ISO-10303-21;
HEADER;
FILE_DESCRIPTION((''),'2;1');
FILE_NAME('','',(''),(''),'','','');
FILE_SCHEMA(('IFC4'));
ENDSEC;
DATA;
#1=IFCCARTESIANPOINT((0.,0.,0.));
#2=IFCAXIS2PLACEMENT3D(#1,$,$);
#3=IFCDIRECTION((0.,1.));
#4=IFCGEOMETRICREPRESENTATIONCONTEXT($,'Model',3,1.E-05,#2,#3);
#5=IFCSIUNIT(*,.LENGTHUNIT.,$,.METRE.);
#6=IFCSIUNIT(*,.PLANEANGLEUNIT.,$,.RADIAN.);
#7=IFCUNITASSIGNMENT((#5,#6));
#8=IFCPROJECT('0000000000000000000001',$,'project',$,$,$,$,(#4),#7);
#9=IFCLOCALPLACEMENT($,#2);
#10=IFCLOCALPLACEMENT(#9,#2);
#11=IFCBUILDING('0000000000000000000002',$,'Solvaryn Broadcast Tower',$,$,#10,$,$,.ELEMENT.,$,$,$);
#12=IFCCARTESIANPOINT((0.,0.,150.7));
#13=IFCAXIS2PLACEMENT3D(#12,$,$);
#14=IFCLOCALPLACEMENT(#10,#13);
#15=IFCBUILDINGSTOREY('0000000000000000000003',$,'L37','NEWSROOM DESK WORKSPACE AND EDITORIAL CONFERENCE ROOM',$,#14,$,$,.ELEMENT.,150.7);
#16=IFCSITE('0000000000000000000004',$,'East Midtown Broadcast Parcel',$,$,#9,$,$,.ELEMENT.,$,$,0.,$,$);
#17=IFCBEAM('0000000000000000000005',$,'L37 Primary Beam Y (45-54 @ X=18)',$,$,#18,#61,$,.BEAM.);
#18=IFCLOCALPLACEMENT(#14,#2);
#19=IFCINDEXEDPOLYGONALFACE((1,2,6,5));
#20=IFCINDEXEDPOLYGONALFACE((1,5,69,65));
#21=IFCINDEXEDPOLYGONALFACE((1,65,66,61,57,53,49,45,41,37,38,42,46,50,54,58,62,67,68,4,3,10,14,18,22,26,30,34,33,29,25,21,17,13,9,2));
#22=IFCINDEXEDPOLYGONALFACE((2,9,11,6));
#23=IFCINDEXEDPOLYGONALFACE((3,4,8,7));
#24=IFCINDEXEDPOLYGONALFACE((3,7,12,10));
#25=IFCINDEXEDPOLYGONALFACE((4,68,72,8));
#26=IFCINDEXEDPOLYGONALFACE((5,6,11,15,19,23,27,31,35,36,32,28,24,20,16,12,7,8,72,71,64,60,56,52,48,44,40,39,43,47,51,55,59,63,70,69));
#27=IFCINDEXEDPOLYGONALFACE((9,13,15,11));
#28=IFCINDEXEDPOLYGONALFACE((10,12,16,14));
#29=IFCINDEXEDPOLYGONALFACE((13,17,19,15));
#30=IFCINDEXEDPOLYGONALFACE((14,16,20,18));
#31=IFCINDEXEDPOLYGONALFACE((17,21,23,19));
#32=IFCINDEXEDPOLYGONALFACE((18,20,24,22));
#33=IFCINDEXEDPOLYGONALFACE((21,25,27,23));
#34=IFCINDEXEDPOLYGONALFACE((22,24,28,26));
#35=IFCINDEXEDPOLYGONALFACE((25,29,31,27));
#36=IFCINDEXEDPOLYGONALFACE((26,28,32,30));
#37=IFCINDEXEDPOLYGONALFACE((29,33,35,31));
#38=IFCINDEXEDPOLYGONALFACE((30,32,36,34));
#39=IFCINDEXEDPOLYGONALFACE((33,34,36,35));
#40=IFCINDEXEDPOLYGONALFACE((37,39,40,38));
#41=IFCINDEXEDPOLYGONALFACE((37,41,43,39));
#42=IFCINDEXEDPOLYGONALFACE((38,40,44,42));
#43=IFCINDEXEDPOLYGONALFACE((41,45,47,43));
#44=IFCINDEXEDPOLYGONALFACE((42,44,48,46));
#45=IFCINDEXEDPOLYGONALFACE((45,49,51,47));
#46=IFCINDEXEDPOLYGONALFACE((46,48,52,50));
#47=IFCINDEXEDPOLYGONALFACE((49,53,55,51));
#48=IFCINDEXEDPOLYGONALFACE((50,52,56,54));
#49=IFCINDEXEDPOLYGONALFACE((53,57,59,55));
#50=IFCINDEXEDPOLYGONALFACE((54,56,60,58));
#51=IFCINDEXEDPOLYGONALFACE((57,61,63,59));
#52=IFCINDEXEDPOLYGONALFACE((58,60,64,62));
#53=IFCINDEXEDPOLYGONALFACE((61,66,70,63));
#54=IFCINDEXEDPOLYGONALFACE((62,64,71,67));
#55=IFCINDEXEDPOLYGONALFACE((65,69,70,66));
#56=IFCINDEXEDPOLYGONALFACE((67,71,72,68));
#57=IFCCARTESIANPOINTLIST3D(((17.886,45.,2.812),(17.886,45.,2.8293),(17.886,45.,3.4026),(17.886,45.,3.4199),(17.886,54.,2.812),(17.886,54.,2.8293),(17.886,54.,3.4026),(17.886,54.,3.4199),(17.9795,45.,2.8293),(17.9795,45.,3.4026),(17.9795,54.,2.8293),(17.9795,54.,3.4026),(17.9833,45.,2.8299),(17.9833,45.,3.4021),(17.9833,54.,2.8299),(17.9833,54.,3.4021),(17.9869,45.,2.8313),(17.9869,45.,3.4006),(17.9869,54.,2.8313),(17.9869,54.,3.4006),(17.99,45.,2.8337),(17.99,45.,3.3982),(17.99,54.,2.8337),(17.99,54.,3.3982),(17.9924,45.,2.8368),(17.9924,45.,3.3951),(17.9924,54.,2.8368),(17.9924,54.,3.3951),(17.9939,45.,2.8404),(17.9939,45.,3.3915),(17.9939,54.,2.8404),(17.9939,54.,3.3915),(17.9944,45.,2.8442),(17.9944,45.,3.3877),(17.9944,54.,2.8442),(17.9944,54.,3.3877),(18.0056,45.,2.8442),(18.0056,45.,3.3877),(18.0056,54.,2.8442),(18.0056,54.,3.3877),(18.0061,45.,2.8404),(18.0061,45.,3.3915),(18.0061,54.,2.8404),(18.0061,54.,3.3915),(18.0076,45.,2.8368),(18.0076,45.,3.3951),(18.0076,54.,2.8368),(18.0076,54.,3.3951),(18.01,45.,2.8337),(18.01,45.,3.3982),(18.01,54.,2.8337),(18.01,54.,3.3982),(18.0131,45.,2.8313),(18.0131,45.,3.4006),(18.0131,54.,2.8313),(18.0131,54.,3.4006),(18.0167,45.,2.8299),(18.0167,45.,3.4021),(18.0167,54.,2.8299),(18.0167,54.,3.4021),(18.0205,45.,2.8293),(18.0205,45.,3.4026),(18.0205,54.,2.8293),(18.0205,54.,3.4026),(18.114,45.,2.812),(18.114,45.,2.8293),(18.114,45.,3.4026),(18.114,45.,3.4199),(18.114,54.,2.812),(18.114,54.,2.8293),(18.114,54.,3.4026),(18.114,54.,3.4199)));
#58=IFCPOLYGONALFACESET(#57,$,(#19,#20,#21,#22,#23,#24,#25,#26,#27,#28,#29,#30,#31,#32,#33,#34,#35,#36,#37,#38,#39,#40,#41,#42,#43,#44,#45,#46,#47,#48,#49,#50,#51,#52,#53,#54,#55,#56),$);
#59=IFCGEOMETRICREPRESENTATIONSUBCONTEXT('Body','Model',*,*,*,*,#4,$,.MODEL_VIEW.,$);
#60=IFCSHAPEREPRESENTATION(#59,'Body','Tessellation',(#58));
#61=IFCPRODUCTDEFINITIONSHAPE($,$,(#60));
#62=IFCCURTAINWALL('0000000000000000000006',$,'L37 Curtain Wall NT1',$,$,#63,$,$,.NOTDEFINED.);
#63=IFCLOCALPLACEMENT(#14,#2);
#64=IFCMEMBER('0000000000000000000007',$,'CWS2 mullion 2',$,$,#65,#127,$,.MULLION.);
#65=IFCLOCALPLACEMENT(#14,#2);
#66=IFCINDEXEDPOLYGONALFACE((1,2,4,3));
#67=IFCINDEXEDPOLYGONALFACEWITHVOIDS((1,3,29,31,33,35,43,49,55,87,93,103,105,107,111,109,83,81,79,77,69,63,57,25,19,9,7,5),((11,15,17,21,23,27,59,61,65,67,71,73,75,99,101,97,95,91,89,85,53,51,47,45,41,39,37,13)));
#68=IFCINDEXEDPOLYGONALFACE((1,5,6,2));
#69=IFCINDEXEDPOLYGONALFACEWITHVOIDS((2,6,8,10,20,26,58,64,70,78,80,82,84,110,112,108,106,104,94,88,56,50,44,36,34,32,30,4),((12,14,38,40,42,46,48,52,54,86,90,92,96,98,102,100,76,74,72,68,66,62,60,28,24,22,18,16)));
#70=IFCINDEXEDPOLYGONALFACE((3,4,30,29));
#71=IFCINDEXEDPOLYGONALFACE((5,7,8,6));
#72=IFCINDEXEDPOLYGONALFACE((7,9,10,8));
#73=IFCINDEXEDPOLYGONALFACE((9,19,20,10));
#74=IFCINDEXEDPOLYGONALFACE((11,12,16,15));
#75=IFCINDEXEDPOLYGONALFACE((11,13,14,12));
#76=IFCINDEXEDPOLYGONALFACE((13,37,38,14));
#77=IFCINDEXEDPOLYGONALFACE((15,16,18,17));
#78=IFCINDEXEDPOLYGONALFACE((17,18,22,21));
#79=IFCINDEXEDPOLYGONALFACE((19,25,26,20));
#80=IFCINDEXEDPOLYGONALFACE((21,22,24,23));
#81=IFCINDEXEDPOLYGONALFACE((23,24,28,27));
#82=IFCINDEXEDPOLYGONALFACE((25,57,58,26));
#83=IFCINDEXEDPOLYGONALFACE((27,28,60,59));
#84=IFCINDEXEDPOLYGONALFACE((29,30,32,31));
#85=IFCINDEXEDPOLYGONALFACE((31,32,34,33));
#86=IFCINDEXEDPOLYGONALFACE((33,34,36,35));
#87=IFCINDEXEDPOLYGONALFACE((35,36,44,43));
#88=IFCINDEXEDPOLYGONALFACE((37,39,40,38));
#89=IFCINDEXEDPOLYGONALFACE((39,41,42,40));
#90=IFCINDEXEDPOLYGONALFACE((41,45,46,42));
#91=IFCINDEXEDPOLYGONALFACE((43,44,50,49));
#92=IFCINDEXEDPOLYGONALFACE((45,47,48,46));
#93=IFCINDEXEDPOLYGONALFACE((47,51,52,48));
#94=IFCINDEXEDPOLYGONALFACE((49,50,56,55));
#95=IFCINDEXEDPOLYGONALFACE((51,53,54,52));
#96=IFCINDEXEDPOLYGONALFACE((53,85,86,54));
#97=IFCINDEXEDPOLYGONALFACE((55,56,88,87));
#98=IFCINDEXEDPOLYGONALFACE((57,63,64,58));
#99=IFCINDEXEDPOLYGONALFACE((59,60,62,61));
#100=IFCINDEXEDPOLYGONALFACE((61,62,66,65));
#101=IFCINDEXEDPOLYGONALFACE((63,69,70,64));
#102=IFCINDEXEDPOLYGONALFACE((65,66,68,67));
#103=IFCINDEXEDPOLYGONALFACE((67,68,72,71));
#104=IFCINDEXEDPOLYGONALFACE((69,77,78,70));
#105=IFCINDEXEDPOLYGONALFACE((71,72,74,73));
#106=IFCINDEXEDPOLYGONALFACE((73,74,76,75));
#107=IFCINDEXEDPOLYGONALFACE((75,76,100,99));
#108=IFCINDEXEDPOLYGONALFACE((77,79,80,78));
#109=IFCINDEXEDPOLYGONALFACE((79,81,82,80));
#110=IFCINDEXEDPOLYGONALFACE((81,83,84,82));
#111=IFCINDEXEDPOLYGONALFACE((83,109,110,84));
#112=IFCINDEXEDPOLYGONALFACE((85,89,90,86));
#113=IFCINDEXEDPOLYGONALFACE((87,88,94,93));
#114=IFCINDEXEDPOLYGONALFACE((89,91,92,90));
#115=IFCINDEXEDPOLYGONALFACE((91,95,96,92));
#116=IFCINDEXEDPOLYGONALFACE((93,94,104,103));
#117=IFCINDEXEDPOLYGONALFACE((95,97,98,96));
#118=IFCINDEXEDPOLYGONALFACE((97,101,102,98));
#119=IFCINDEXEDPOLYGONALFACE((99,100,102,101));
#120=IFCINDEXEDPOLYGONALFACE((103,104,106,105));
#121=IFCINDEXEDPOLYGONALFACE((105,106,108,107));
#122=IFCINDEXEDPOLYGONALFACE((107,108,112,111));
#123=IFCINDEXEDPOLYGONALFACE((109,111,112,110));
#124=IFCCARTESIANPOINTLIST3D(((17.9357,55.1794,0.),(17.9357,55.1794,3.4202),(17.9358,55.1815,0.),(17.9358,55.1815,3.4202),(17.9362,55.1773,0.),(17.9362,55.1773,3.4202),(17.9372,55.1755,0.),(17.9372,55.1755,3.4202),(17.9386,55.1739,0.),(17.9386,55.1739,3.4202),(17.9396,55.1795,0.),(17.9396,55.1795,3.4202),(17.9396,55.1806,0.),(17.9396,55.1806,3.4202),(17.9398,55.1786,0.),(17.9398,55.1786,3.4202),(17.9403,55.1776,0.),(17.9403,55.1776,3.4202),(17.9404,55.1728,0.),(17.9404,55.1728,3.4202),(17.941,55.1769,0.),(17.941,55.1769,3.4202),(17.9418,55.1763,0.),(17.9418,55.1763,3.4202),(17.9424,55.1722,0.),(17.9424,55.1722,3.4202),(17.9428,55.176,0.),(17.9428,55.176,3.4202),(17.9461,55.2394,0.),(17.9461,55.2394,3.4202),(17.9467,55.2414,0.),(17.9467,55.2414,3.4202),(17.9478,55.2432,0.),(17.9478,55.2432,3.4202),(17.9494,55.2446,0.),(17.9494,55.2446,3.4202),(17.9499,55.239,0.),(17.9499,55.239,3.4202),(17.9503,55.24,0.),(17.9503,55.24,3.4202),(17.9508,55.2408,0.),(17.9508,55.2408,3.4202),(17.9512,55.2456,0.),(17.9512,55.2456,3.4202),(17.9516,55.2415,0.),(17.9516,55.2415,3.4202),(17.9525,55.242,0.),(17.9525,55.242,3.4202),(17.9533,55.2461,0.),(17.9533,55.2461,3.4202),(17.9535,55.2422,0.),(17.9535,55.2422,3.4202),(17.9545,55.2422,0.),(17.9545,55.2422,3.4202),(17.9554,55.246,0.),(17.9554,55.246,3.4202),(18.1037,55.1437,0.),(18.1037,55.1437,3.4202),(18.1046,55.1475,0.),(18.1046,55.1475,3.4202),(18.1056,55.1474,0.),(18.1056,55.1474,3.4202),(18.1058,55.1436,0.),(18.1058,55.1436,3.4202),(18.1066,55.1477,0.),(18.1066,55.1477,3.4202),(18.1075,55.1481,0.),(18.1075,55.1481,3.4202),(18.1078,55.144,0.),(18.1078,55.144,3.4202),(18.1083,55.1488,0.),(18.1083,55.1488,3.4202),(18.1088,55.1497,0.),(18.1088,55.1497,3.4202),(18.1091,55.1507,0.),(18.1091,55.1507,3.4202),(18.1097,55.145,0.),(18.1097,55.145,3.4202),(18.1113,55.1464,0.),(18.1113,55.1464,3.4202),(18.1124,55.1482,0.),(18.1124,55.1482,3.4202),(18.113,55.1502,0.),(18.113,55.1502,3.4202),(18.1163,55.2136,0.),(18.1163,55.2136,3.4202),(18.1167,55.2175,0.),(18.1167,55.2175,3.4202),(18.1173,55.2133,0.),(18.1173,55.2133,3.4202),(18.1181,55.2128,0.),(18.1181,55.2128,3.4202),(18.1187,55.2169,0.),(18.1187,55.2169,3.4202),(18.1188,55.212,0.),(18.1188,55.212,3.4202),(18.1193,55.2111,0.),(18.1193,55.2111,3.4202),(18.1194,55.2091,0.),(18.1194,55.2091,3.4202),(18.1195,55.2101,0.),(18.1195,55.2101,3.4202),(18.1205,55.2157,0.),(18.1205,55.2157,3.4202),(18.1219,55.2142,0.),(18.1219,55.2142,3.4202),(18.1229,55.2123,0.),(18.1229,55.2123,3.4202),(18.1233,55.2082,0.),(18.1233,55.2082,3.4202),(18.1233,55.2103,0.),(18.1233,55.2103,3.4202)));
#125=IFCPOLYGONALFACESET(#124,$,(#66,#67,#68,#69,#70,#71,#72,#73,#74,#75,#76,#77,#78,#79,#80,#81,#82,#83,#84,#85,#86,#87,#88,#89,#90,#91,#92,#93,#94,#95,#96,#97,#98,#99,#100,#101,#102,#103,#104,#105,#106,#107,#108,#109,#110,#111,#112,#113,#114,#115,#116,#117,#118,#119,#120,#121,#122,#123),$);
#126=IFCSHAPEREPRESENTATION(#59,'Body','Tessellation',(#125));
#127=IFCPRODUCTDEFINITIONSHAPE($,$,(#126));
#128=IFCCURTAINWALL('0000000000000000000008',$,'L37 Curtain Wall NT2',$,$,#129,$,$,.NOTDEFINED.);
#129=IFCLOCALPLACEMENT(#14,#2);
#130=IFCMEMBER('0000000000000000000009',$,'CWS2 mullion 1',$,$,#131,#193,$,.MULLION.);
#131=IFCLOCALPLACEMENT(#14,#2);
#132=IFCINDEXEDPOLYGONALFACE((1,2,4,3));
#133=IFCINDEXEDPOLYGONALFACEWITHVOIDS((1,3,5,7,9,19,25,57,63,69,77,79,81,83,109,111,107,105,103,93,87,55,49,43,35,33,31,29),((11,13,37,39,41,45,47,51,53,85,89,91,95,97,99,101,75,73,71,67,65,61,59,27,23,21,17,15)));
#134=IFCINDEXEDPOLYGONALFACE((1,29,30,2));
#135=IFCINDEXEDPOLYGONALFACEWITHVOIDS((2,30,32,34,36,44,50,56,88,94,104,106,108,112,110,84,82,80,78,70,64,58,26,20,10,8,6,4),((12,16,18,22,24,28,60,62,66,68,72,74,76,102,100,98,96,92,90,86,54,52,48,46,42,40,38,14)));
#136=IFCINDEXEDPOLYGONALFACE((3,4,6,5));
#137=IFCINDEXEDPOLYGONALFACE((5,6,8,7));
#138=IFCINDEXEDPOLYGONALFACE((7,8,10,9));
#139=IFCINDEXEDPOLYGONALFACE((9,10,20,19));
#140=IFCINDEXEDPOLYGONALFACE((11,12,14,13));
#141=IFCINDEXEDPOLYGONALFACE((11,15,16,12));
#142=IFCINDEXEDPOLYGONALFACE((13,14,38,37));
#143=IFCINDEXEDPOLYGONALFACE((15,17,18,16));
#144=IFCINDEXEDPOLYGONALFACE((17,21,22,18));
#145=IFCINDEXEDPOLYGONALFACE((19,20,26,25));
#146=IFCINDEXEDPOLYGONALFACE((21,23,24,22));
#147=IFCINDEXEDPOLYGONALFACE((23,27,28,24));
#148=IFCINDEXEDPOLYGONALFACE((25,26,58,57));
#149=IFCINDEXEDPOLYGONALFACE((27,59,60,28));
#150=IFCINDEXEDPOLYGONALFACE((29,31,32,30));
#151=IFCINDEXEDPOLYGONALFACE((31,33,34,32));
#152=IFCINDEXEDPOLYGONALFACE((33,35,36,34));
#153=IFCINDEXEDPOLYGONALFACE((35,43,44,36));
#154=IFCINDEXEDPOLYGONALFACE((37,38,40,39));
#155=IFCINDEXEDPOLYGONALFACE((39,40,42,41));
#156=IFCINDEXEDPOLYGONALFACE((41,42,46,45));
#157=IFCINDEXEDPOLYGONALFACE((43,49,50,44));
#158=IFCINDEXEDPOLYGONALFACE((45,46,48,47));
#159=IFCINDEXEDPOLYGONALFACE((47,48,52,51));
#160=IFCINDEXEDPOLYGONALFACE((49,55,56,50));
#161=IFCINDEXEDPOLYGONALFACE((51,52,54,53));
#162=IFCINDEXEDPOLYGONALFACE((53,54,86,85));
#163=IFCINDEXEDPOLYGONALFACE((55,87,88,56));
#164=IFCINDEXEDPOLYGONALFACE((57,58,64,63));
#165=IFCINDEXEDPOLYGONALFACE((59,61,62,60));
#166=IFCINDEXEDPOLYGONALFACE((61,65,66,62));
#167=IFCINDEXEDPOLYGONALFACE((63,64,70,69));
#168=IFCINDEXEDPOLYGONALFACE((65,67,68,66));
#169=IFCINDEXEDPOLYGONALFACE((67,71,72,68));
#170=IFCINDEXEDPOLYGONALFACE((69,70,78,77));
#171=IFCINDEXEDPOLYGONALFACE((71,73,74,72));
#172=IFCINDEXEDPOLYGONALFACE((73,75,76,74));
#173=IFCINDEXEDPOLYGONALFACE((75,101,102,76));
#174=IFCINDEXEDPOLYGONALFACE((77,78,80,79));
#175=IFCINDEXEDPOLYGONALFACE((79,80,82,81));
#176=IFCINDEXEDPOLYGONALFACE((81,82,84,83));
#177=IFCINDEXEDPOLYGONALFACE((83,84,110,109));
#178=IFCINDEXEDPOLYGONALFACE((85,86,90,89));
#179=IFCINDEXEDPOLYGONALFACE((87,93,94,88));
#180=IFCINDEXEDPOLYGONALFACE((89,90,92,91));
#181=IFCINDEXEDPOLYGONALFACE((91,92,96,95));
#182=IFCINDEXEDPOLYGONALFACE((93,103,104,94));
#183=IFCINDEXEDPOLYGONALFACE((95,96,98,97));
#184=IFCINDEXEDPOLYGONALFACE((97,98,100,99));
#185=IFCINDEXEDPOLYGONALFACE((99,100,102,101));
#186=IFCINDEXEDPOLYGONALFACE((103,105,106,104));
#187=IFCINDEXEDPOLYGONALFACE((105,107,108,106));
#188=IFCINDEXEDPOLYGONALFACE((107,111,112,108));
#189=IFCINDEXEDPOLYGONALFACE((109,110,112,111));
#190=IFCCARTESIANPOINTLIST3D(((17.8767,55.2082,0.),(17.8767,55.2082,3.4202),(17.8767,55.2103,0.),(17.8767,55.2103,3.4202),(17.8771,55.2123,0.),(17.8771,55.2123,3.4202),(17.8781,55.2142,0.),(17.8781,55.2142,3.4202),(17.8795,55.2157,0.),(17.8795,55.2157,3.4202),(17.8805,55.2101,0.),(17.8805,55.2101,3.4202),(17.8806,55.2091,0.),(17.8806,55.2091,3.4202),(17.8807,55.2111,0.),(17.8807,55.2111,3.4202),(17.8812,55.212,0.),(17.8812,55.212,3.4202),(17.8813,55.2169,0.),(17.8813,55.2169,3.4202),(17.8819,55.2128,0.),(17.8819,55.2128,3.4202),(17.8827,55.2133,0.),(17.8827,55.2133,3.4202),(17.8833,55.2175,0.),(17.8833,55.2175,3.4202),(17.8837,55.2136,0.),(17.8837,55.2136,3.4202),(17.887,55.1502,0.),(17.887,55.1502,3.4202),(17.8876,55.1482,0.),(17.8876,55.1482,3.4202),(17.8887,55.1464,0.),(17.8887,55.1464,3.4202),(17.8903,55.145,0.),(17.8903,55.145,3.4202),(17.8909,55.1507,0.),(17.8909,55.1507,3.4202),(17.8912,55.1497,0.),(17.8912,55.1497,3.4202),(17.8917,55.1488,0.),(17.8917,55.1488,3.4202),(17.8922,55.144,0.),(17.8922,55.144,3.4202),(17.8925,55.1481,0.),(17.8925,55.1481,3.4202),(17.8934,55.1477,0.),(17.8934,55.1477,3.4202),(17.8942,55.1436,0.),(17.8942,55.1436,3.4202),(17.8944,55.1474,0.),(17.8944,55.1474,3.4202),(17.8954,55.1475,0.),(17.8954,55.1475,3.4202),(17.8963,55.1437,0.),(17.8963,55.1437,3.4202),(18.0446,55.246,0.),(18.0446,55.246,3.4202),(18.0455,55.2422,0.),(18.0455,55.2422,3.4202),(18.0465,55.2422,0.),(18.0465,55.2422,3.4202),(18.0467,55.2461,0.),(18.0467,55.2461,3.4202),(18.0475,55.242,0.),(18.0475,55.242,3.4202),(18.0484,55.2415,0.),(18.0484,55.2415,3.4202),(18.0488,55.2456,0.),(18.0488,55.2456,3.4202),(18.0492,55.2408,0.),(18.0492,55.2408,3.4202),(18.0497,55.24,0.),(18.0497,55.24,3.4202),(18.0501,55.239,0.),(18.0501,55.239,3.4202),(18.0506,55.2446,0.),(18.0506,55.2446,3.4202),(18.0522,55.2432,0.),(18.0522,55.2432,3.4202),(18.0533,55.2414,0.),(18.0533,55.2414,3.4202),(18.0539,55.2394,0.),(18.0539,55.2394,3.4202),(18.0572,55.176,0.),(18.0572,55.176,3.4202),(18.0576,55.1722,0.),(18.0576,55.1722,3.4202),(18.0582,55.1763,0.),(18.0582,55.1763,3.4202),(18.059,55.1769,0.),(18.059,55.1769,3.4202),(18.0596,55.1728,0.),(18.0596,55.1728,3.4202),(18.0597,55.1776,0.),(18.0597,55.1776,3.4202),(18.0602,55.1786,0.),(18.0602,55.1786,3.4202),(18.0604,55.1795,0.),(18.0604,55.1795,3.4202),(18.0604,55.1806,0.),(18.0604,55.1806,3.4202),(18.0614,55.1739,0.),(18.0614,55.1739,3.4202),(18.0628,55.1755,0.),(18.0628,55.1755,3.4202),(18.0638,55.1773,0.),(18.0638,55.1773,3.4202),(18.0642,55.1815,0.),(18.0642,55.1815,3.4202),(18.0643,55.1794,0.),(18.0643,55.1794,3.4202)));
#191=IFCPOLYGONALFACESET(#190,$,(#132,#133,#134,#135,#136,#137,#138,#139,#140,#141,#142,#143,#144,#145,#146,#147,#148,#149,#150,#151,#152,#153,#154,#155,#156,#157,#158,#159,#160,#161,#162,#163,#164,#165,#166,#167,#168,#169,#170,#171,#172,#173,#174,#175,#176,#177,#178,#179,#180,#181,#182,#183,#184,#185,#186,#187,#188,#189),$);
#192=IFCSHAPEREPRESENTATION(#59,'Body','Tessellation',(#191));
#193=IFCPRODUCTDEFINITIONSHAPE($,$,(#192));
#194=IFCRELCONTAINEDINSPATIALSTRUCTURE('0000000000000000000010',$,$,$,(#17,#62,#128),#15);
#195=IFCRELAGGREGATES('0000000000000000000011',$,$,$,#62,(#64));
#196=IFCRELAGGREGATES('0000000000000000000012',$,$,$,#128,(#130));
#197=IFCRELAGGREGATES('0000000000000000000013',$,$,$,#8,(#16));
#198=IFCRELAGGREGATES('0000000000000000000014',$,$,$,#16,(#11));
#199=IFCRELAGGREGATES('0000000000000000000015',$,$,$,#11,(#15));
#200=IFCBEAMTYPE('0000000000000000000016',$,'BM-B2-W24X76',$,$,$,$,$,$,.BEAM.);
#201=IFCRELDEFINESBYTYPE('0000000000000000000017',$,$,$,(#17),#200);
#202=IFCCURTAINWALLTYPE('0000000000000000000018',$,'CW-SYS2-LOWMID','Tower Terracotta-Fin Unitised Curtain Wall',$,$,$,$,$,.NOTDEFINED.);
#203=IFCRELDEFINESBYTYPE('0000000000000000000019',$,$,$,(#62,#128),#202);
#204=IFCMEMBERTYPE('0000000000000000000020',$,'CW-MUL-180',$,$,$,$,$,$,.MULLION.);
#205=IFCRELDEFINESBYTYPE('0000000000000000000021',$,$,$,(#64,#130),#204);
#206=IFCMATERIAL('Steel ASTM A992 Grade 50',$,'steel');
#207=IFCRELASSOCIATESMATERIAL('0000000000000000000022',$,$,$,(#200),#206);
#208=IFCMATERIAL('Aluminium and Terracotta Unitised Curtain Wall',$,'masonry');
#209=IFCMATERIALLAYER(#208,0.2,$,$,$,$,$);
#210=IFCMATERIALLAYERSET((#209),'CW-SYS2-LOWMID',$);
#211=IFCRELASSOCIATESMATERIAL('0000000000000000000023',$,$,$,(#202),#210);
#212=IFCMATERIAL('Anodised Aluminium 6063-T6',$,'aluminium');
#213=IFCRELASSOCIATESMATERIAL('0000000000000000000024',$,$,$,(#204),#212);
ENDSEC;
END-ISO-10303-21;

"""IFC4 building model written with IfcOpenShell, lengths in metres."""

from ifc_helpers import new_model, si_unit, direction, frame, origin, origin_2d, place, context, subcontext, project, spatial, hollow_rectangle, i_section, extrude, material, layer, layer_set, material_profile, profile_set, type_object, element, aggregate, save


model = new_model("IFC4")

# Units and contexts
model_context = context("Model", 3, precision=1e-05, world=origin(), true_north=direction((0.0, 1.0)))
body_context = subcontext(model_context, "Body", "Model", "MODEL_VIEW")
ifc_project = project(units=[si_unit("LENGTHUNIT", "METRE"), si_unit("PLANEANGLEUNIT", "RADIAN")], contexts=[model_context])

# Site, building, storey
site_placement = place(None, origin())
site = spatial("IfcSite", under=ifc_project, at=site_placement, Name="East Midtown Broadcast Parcel", CompositionType="ELEMENT", RefElevation=0.0)
building_placement = place(site_placement, origin())
building = spatial("IfcBuilding", under=site, at=building_placement, Name="Solvaryn Broadcast Tower", CompositionType="ELEMENT")
storey_placement = place(building_placement, frame((0.0, 0.0, 150.7)))
storey = spatial("IfcBuildingStorey", under=building, at=storey_placement, Name="L37", Description="NEWSROOM DESK WORKSPACE AND EDITORIAL CONFERENCE ROOM", CompositionType="ELEMENT", Elevation=150.7)

# Beam
ifc_material_1 = material(Name="Steel ASTM A992 Grade 50", Category="steel")
ifc_material_profile_1 = material_profile(ifc_material_1, i_section(OverallWidth=0.228, OverallDepth=0.6079, WebThickness=0.0112, FlangeThickness=0.0173, FilletRadius=0.0149, at=origin_2d()))
ifc_profile_set_1 = profile_set([ifc_material_profile_1], Name="Steel ASTM A992 Grade 50")
beam_type_1 = type_object("IfcBeamType", Name="BM-B2-W24X76", PredefinedType="BEAM", material=ifc_profile_set_1)
beam_1_placement = place(storey_placement, frame((18.0, 45.0, 3.116), z_axis=(0.0, 1.0, 0.0), x_axis=(-1.0, 0.0, 0.0)))
element("IfcBeam", 1, at=beam_1_placement, inside=storey, type_object=beam_type_1, Name="L37 Primary Beam Y (45-54 @ X=18)", PredefinedType="BEAM", context=body_context, shape_type="SweptSolid", body=[
    extrude(i_section(OverallWidth=0.228, OverallDepth=0.6079, WebThickness=0.0112, FlangeThickness=0.0173, FilletRadius=0.0149, at=origin_2d()), origin(), (0.0, 0.0, 1.0), 9.0),
])

# Curtain wall, member
ifc_material_2 = material(Name="Aluminium and Terracotta Unitised Curtain Wall", Category="masonry")
ifc_layer_1 = layer(ifc_material_2, 0.2)
ifc_layer_set_1 = layer_set([ifc_layer_1], Name="CW-SYS2-LOWMID")
curtain_wall_type = type_object("IfcCurtainWallType", Name="CW-SYS2-LOWMID", Description="Tower Terracotta-Fin Unitised Curtain Wall", PredefinedType="NOTDEFINED", material=ifc_layer_set_1)
curtain_wall_1_placement = place(storey_placement, origin())
curtain_wall_1 = element("IfcCurtainWall", 2, at=curtain_wall_1_placement, inside=storey, type_object=curtain_wall_type, Name="L37 Curtain Wall NT1", PredefinedType="NOTDEFINED")
ifc_material_3 = material(Name="Anodised Aluminium 6063-T6", Category="aluminium")
ifc_material_profile_2 = material_profile(ifc_material_3, hollow_rectangle(XDim=0.075, YDim=0.1799, WallThickness=0.0039, InnerFilletRadius=0.0039, OuterFilletRadius=0.0081, at=origin_2d()))
ifc_profile_set_2 = profile_set([ifc_material_profile_2], Name="Anodised Aluminium 6063-T6")
member_type_1 = type_object("IfcMemberType", Name="CW-MUL-180", PredefinedType="MULLION", material=ifc_profile_set_2)
member_1_placement = place(storey_placement, frame((18.0295, 55.1948, 0.0), z_axis=(0.0, 0.0, 1.0), x_axis=(-0.173785, -0.984784, 0.0)))
member_1 = element("IfcMember", 3, at=member_1_placement, type_object=member_type_1, Name="CWS2 mullion 2", PredefinedType="MULLION", context=body_context, shape_type="SweptSolid", body=[
    extrude(hollow_rectangle(XDim=0.075, YDim=0.1799, WallThickness=0.0039, InnerFilletRadius=0.0039, OuterFilletRadius=0.0081, at=origin_2d()), origin(), (0.0, 0.0, 1.0), 3.4202),
])

# Curtain wall, member
curtain_wall_2_placement = place(storey_placement, origin())
curtain_wall_2 = element("IfcCurtainWall", 4, at=curtain_wall_2_placement, inside=storey, type_object=curtain_wall_type, Name="L37 Curtain Wall NT2", PredefinedType="NOTDEFINED")
member_2_placement = place(storey_placement, frame((17.9705, 55.1948, 0.0), z_axis=(0.0, 0.0, 1.0), x_axis=(0.173785, -0.984784, 0.0)))
member_2 = element("IfcMember", 5, at=member_2_placement, type_object=member_type_1, Name="CWS2 mullion 1", PredefinedType="MULLION", context=body_context, shape_type="SweptSolid", body=[
    extrude(hollow_rectangle(XDim=0.075, YDim=0.1799, WallThickness=0.0039, InnerFilletRadius=0.0039, OuterFilletRadius=0.0081, at=origin_2d()), origin(), (0.0, 0.0, 1.0), 3.4202),
])

aggregate(curtain_wall_1, [member_1])
aggregate(curtain_wall_2, [member_2])

save(model, "model.ifc")
